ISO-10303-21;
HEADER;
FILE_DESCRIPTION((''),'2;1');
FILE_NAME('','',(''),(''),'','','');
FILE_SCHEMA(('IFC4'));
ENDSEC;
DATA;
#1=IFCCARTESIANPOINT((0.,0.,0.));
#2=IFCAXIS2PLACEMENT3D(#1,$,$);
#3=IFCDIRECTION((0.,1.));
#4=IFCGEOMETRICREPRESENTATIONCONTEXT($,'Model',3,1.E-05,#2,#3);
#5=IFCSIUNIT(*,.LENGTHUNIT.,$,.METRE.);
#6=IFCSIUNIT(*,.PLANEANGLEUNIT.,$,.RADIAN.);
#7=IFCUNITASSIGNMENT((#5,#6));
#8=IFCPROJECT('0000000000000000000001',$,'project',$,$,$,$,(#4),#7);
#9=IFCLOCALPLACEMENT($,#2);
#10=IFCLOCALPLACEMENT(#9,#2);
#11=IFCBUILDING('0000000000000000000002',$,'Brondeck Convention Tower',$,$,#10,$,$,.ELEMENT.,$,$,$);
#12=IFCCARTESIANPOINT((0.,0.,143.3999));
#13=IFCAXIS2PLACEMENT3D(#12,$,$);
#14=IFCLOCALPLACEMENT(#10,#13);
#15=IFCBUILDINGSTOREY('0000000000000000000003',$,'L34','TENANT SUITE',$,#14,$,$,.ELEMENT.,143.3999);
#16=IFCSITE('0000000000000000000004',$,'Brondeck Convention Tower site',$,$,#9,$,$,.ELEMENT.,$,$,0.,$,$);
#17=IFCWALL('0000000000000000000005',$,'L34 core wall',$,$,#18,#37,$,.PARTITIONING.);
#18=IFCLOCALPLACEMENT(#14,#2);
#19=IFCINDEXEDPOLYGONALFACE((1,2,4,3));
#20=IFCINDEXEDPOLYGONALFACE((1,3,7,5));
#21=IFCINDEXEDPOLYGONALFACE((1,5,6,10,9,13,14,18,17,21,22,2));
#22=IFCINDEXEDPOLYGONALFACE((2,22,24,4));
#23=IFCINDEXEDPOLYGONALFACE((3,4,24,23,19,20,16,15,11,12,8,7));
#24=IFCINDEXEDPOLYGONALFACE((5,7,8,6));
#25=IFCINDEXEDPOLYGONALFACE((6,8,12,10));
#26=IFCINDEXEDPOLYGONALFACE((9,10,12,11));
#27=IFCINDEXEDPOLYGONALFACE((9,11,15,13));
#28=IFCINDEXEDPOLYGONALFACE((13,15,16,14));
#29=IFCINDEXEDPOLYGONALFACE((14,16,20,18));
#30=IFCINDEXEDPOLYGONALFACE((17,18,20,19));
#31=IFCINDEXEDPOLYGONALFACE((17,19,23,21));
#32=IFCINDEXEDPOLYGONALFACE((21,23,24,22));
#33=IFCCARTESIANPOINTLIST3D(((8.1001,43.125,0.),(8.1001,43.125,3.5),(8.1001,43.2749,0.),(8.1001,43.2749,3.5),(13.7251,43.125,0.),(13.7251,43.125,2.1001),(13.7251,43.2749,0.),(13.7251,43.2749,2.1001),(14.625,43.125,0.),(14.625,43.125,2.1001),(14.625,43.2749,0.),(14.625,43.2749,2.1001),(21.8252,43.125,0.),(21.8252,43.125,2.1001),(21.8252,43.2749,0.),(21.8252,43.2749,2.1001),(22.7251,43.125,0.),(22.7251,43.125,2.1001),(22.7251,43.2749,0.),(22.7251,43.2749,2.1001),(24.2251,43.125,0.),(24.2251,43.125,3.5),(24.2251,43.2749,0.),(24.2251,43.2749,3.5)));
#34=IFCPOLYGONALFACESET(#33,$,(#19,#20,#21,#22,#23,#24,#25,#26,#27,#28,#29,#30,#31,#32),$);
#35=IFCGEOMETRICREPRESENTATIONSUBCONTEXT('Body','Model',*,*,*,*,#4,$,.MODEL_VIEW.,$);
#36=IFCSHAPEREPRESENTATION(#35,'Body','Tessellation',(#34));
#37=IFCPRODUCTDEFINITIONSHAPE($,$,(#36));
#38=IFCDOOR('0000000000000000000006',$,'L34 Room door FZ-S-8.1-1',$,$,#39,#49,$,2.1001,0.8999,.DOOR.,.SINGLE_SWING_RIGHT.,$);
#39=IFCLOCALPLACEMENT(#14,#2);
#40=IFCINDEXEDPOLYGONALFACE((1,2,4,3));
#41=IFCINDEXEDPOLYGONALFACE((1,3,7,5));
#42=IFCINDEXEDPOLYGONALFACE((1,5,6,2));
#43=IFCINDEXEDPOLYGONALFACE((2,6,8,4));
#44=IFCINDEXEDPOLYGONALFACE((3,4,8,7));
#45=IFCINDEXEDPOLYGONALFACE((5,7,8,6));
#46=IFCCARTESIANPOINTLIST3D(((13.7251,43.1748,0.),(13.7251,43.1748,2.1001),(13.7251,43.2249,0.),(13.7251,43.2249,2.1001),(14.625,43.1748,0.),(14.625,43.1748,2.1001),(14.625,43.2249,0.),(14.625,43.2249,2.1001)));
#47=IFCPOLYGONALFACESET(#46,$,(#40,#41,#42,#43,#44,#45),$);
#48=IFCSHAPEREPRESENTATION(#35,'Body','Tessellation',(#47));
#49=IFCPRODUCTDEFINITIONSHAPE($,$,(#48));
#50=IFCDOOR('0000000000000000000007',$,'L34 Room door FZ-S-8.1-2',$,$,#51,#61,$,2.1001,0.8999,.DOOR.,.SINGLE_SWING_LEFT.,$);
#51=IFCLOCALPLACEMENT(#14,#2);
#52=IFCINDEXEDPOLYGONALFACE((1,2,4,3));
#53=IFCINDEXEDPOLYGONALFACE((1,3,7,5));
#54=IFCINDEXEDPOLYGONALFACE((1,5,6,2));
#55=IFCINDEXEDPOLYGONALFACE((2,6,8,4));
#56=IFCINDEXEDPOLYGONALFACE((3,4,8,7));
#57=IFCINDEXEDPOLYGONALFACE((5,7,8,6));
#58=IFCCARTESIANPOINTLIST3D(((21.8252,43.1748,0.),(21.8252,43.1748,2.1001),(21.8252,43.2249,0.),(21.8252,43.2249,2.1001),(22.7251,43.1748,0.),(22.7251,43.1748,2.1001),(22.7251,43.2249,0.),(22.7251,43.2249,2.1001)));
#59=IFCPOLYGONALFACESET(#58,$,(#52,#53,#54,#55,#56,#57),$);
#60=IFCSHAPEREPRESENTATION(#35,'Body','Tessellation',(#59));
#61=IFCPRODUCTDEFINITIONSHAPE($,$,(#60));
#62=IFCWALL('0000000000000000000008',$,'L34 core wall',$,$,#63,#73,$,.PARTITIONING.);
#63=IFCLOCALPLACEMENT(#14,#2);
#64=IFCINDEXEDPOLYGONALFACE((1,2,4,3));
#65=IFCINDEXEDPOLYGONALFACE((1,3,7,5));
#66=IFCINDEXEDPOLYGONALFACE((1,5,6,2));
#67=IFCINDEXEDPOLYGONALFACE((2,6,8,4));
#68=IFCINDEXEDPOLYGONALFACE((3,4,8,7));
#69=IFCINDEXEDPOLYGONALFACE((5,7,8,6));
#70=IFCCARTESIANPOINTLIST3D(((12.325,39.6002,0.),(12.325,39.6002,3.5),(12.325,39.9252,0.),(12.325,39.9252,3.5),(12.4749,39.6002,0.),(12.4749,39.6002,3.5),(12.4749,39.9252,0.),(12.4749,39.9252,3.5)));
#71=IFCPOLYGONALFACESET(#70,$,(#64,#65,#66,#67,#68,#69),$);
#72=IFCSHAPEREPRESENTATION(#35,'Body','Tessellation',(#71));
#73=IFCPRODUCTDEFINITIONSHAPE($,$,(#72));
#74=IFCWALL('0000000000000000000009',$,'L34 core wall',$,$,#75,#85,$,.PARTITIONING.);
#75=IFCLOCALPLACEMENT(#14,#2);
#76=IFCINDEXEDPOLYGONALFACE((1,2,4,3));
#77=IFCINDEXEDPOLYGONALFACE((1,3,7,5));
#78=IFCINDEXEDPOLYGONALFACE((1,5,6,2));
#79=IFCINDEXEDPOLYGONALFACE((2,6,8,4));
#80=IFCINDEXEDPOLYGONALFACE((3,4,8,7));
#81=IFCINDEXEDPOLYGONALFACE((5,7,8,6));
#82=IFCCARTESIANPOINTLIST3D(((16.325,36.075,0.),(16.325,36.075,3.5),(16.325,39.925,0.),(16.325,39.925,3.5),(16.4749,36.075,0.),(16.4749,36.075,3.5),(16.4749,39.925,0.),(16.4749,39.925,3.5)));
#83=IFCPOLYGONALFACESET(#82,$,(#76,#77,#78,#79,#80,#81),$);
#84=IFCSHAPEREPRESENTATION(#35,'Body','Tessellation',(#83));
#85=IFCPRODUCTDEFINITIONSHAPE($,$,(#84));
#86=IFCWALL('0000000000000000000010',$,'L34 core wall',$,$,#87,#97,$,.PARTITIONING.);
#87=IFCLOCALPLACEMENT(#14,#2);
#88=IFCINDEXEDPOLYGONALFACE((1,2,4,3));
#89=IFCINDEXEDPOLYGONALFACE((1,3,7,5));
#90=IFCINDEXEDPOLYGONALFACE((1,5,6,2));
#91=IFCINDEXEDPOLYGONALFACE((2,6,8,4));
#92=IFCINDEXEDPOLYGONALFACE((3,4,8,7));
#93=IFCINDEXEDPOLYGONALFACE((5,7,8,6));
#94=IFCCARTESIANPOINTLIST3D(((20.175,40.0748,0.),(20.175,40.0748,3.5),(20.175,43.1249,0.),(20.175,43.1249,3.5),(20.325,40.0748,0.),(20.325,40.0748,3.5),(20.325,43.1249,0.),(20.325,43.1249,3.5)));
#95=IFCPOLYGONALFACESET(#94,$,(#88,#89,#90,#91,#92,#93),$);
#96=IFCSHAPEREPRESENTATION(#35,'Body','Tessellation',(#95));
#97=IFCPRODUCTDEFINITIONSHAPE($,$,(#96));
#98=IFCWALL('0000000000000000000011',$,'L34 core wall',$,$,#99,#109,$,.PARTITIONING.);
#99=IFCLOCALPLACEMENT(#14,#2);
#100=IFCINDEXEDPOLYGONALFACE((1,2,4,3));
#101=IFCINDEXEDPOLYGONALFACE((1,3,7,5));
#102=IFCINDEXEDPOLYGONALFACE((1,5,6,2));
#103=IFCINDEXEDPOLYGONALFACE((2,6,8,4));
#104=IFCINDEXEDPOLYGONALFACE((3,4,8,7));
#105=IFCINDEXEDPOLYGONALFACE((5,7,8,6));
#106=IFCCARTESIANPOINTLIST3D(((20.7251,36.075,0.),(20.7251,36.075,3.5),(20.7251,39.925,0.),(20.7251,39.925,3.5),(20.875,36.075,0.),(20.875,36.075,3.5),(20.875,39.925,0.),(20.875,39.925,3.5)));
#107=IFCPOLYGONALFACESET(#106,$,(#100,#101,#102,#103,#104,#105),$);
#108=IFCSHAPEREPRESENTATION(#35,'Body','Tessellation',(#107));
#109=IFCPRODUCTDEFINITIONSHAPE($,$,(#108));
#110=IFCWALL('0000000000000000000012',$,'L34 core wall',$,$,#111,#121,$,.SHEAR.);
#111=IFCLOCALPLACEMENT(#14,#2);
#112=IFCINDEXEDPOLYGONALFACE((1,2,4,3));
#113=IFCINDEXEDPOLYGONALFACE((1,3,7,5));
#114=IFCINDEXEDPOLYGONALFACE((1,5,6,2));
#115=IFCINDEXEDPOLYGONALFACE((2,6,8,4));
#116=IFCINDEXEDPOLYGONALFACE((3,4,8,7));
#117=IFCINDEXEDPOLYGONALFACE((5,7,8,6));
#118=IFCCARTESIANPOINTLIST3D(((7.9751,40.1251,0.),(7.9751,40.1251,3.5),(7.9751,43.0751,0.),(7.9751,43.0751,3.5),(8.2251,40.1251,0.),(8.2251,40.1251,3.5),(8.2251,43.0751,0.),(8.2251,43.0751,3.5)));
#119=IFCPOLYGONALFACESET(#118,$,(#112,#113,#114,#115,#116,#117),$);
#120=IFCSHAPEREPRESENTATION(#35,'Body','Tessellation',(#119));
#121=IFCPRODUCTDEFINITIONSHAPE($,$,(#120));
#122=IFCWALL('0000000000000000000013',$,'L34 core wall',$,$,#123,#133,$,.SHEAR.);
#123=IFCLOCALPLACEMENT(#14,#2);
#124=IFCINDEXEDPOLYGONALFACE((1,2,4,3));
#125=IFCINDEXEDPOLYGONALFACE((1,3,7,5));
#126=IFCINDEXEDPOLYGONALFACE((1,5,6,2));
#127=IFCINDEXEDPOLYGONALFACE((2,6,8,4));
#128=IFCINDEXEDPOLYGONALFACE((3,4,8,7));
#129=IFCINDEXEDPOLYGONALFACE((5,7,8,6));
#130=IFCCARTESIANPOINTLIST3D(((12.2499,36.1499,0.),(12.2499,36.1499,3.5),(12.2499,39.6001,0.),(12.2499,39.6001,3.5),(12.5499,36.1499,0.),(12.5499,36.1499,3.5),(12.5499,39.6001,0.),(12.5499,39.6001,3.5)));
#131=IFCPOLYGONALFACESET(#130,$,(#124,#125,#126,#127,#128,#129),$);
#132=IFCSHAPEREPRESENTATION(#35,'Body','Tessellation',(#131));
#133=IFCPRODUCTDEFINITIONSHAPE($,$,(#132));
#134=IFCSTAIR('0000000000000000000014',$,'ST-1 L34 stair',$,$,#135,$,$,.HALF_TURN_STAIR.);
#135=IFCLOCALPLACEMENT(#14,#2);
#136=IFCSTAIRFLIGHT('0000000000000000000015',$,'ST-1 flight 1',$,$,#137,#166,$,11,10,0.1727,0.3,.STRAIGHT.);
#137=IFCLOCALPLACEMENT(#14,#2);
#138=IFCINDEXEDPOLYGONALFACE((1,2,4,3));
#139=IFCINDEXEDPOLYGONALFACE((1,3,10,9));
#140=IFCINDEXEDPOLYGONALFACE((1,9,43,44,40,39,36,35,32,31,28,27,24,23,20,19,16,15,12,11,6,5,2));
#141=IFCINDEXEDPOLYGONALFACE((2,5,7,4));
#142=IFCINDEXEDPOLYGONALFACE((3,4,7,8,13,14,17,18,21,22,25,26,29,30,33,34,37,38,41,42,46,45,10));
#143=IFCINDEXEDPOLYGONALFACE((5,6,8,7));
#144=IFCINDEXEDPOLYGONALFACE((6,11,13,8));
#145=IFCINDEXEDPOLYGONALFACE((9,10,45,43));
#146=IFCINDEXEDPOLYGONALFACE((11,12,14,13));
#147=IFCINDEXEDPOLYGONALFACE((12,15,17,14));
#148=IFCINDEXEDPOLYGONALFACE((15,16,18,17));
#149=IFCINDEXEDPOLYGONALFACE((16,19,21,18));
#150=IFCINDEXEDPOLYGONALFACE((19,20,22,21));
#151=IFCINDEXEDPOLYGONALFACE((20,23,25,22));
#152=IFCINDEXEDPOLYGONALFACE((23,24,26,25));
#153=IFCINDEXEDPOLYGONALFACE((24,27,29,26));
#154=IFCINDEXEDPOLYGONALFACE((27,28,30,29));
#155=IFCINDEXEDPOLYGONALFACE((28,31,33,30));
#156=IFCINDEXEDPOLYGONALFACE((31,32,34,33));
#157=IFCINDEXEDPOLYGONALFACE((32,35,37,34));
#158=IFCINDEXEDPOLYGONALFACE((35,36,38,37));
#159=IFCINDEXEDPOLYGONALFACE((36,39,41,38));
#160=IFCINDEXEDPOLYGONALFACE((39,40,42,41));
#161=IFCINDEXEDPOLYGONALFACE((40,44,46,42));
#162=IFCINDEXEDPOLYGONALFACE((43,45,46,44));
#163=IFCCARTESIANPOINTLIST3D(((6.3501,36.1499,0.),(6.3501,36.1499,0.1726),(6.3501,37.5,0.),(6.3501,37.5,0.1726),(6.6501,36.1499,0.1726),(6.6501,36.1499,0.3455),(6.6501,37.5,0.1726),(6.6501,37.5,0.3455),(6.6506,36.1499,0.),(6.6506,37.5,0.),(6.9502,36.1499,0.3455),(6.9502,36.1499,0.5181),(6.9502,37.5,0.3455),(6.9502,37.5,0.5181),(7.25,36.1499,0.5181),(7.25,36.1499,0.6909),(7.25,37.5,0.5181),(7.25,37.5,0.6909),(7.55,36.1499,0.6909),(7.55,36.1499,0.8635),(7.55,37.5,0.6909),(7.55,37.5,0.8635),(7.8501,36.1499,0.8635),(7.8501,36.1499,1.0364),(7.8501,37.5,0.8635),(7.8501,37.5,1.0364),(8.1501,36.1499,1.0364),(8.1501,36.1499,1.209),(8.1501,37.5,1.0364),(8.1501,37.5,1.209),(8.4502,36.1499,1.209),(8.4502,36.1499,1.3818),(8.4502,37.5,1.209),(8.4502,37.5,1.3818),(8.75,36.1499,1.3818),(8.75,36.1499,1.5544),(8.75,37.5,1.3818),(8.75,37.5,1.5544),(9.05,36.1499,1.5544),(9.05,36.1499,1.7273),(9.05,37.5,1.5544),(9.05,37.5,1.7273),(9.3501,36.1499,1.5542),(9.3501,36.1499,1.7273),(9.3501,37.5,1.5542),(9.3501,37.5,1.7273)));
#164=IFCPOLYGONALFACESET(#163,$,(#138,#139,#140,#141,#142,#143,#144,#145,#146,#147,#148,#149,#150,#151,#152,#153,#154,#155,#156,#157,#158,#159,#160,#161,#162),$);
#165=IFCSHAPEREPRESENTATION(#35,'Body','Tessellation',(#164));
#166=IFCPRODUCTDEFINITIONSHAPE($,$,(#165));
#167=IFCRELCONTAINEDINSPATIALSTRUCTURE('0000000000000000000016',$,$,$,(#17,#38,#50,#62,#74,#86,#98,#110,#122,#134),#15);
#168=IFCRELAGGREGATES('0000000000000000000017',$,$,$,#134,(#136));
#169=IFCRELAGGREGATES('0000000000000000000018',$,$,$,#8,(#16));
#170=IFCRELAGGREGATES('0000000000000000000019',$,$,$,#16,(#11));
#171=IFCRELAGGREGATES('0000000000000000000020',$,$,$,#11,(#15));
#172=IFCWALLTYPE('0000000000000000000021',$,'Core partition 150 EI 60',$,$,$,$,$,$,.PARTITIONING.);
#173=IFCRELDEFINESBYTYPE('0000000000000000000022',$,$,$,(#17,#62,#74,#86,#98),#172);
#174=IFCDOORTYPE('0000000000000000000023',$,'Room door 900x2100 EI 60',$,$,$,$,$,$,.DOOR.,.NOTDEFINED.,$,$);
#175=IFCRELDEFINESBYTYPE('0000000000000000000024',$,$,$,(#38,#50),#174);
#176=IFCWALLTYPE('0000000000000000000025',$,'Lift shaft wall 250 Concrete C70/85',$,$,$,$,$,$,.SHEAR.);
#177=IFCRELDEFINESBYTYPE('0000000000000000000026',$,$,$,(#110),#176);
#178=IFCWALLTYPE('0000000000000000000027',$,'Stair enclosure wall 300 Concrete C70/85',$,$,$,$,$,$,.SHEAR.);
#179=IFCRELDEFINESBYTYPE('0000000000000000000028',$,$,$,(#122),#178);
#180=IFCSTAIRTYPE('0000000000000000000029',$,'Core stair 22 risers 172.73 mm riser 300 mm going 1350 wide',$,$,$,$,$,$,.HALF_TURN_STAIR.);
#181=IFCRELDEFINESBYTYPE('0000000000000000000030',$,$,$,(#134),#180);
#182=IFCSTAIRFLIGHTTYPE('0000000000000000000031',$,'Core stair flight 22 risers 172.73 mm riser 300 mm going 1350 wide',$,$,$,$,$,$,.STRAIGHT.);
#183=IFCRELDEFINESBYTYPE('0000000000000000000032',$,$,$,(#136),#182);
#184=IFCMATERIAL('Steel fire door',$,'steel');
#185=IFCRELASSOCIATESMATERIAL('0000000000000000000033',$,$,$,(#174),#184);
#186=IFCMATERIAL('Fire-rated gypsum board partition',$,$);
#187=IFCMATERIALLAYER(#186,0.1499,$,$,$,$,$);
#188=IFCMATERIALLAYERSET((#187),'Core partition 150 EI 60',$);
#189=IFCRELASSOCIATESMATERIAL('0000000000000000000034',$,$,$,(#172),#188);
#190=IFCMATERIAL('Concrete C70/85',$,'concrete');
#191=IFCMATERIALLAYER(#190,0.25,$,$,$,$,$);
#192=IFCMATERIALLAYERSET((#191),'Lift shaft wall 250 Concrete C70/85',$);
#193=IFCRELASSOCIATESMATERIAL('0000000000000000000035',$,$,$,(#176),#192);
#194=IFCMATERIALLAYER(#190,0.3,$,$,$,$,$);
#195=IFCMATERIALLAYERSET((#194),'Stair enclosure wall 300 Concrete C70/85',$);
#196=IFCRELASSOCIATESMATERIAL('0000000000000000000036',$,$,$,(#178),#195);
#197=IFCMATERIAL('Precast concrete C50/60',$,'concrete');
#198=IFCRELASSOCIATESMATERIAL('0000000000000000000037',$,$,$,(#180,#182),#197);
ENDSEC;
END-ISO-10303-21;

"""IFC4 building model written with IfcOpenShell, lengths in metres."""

from ifc_helpers import new_model, si_unit, direction, frame, frame_2d, origin, place, context, subcontext, project, spatial, polyline, rectangle, outline, extrude, material, layer, layer_set, type_object, element, fill, aggregate, save


model = new_model("IFC4")

# Units and contexts
model_context = context("Model", 3, precision=1e-05, world=origin(), true_north=direction((0.0, 1.0)))
body_context = subcontext(model_context, "Body", "Model", "MODEL_VIEW")
ifc_project = project(units=[si_unit("LENGTHUNIT", "METRE"), si_unit("PLANEANGLEUNIT", "RADIAN")], contexts=[model_context])

# Site, building, storey
site_placement = place(None, origin())
site = spatial("IfcSite", under=ifc_project, at=site_placement, Name="Brondeck Convention Tower site", CompositionType="ELEMENT", RefElevation=0.0)
building_placement = place(site_placement, origin())
building = spatial("IfcBuilding", under=site, at=building_placement, Name="Brondeck Convention Tower", CompositionType="ELEMENT")
storey_placement = place(building_placement, frame((0.0, 0.0, 143.3999)))
storey = spatial("IfcBuildingStorey", under=building, at=storey_placement, Name="L34", Description="TENANT SUITE", CompositionType="ELEMENT", Elevation=143.3999)

# Shared definitions
ifc_material_1 = material(Name="Concrete C70/85", Category="concrete")
ifc_material_2 = material(Name="Steel fire door", Category="steel")
door_type_1 = type_object("IfcDoorType", Name="Room door 900x2100 EI 60", OperationType="NOTDEFINED", PredefinedType="DOOR", material=ifc_material_2)

# Shared definitions
ifc_material_3 = material(Name="Fire-rated gypsum board partition")
ifc_layer_1 = layer(ifc_material_3, 0.1499)
ifc_layer_set_1 = layer_set([ifc_layer_1], Name="Core partition 150 EI 60")
wall_type_1 = type_object("IfcWallType", Name="Core partition 150 EI 60", PredefinedType="PARTITIONING", material=ifc_layer_set_1)

# Wall, openings, doors
wall_1_placement = place(storey_placement, frame((8.1001, 43.2, 0.0), z_axis=(0.0, 0.0, 1.0), x_axis=(1.0, 0.0, 0.0)))
wall_1 = element("IfcWall", 1, at=wall_1_placement, inside=storey, type_object=wall_type_1, Name="L34 core wall", PredefinedType="PARTITIONING", context=body_context, shape_type="SweptSolid", body=[
    extrude(rectangle(XDim=16.125, YDim=0.1499, at=frame_2d((8.0625, 0.0))), origin(), (0.0, 0.0, 1.0), 3.5),
])
opening_1_placement = place(wall_1_placement, frame((5.625, 0.0, 0.0)))
opening_1 = element("IfcOpeningElement", 2, at=opening_1_placement, cuts=wall_1, PredefinedType="OPENING", context=body_context, shape_type="SweptSolid", body=[
    extrude(rectangle(XDim=0.8999, YDim=2.1001, at=frame_2d((0.45, 1.05))), frame((0.0, 0.085, 0.0), z_axis=(0.0, -1.0, 0.0), x_axis=(1.0, 0.0, 0.0)), (0.0, 0.0, 1.0), 0.1699),
])
opening_2_placement = place(wall_1_placement, frame((13.7251, 0.0, 0.0)))
opening_2 = element("IfcOpeningElement", 3, at=opening_2_placement, cuts=wall_1, PredefinedType="OPENING", context=body_context, shape_type="SweptSolid", body=[
    extrude(rectangle(XDim=0.8999, YDim=2.1001, at=frame_2d((0.45, 1.05))), frame((0.0, 0.085, 0.0), z_axis=(0.0, -1.0, 0.0), x_axis=(1.0, 0.0, 0.0)), (0.0, 0.0, 1.0), 0.1699),
])
door_1_placement = place(opening_1_placement, origin())
door_1 = element("IfcDoor", 4, at=door_1_placement, inside=storey, type_object=door_type_1, Name="L34 Room door FZ-S-8.1-1", OperationType="SINGLE_SWING_RIGHT", OverallHeight=2.1001, OverallWidth=0.8999, PredefinedType="DOOR", context=body_context, shape_type="SweptSolid", body=[
    extrude(rectangle(XDim=0.8999, YDim=2.1001, at=frame_2d((0.45, 1.05))), frame((0.0, 0.0249, 0.0), z_axis=(0.0, -1.0, 0.0), x_axis=(1.0, 0.0, 0.0)), (0.0, 0.0, 1.0), 0.05),
])
fill(opening_1, door_1)
door_2_placement = place(opening_2_placement, origin())
door_2 = element("IfcDoor", 5, at=door_2_placement, inside=storey, type_object=door_type_1, Name="L34 Room door FZ-S-8.1-2", OperationType="SINGLE_SWING_LEFT", OverallHeight=2.1001, OverallWidth=0.8999, PredefinedType="DOOR", context=body_context, shape_type="SweptSolid", body=[
    extrude(rectangle(XDim=0.8999, YDim=2.1001, at=frame_2d((0.45, 1.05))), frame((0.0, 0.0249, 0.0), z_axis=(0.0, -1.0, 0.0), x_axis=(1.0, 0.0, 0.0)), (0.0, 0.0, 1.0), 0.05),
])
fill(opening_2, door_2)

# Walls
wall_2_placement = place(storey_placement, frame((12.3999, 39.6001, 0.0), z_axis=(0.0, 0.0, 1.0), x_axis=(0.0, 1.0, 0.0)))
element("IfcWall", 6, at=wall_2_placement, inside=storey, type_object=wall_type_1, Name="L34 core wall", PredefinedType="PARTITIONING", context=body_context, shape_type="SweptSolid", body=[
    extrude(rectangle(XDim=0.325, YDim=0.1499, at=frame_2d((0.1626, 0.0))), origin(), (0.0, 0.0, 1.0), 3.5),
])
wall_3_placement = place(storey_placement, frame((16.3999, 36.075, 0.0), z_axis=(0.0, 0.0, 1.0), x_axis=(0.0, 1.0, 0.0)))
element("IfcWall", 7, at=wall_3_placement, inside=storey, type_object=wall_type_1, Name="L34 core wall", PredefinedType="PARTITIONING", context=body_context, shape_type="SweptSolid", body=[
    extrude(rectangle(XDim=3.8501, YDim=0.1499, at=frame_2d((1.925, 0.0))), origin(), (0.0, 0.0, 1.0), 3.5),
])
wall_4_placement = place(storey_placement, frame((20.25, 40.075, 0.0), z_axis=(0.0, 0.0, 1.0), x_axis=(0.0, 1.0, 0.0)))
element("IfcWall", 8, at=wall_4_placement, inside=storey, type_object=wall_type_1, Name="L34 core wall", PredefinedType="PARTITIONING", context=body_context, shape_type="SweptSolid", body=[
    extrude(rectangle(XDim=3.05, YDim=0.1499, at=frame_2d((1.5249, 0.0))), origin(), (0.0, 0.0, 1.0), 3.5),
])
wall_5_placement = place(storey_placement, frame((20.8, 36.075, 0.0), z_axis=(0.0, 0.0, 1.0), x_axis=(0.0, 1.0, 0.0)))
element("IfcWall", 9, at=wall_5_placement, inside=storey, type_object=wall_type_1, Name="L34 core wall", PredefinedType="PARTITIONING", context=body_context, shape_type="SweptSolid", body=[
    extrude(rectangle(XDim=3.8501, YDim=0.1499, at=frame_2d((1.925, 0.0))), origin(), (0.0, 0.0, 1.0), 3.5),
])
ifc_layer_2 = layer(ifc_material_1, 0.25)
ifc_layer_set_2 = layer_set([ifc_layer_2], Name="Lift shaft wall 250 Concrete C70/85")
wall_type_2 = type_object("IfcWallType", Name="Lift shaft wall 250 Concrete C70/85", PredefinedType="SHEAR", material=ifc_layer_set_2)
wall_6_placement = place(storey_placement, frame((8.1001, 40.125, 0.0), z_axis=(0.0, 0.0, 1.0), x_axis=(0.0, 1.0, 0.0)))
element("IfcWall", 10, at=wall_6_placement, inside=storey, type_object=wall_type_2, Name="L34 core wall", PredefinedType="SHEAR", context=body_context, shape_type="SweptSolid", body=[
    extrude(rectangle(XDim=2.95, YDim=0.25, at=frame_2d((1.4751, 0.0))), origin(), (0.0, 0.0, 1.0), 3.5),
])
ifc_layer_3 = layer(ifc_material_1, 0.3)
ifc_layer_set_3 = layer_set([ifc_layer_3], Name="Stair enclosure wall 300 Concrete C70/85")
wall_type_3 = type_object("IfcWallType", Name="Stair enclosure wall 300 Concrete C70/85", PredefinedType="SHEAR", material=ifc_layer_set_3)
wall_7_placement = place(storey_placement, frame((12.3999, 36.1499, 0.0), z_axis=(0.0, 0.0, 1.0), x_axis=(0.0, 1.0, 0.0)))
element("IfcWall", 11, at=wall_7_placement, inside=storey, type_object=wall_type_3, Name="L34 core wall", PredefinedType="SHEAR", context=body_context, shape_type="SweptSolid", body=[
    extrude(rectangle(XDim=3.4502, YDim=0.3, at=frame_2d((1.7251, 0.0))), origin(), (0.0, 0.0, 1.0), 3.5),
])

# Stair, stair flight
ifc_material_4 = material(Name="Precast concrete C50/60", Category="concrete")
stair_type = type_object("IfcStairType", Name="Core stair 22 risers 172.73 mm riser 300 mm going 1350 wide", PredefinedType="HALF_TURN_STAIR", material=ifc_material_4)
stair_placement = place(storey_placement, origin())
stair = element("IfcStair", 12, at=stair_placement, inside=storey, type_object=stair_type, Name="ST-1 L34 stair", PredefinedType="HALF_TURN_STAIR")
stair_flight_type = type_object("IfcStairFlightType", Name="Core stair flight 22 risers 172.73 mm riser 300 mm going 1350 wide", PredefinedType="STRAIGHT", material=ifc_material_4)
stair_flight_1_placement = place(storey_placement, frame((6.3501, 36.825, 0.0), z_axis=(0.0, 0.0, 1.0), x_axis=(1.0, 0.0, 0.0)))
stair_flight_1 = element("IfcStairFlight", 13, at=stair_flight_1_placement, type_object=stair_flight_type, Name="ST-1 flight 1", NumberOfRisers=11, NumberOfTreads=10, PredefinedType="STRAIGHT", RiserHeight=0.1727, TreadLength=0.3, context=body_context, shape_type="SweptSolid", body=[
    extrude(outline(polyline([(0.0, 0.0), (0.0, 0.1726), (0.3, 0.1726), (0.3, 0.3455), (0.6001, 0.3455), (0.6001, 0.5181), (0.8999, 0.5181), (0.8999, 0.6909), (1.2, 0.6909), (1.2, 0.8635), (1.5, 0.8635), (1.5, 1.0364), (1.8, 1.0364), (1.8, 1.209), (2.1001, 1.209), (2.1001, 1.3818), (2.3999, 1.3818), (2.3999, 1.5544), (2.7, 1.5544), (2.7, 1.7273), (3.0, 1.7273), (3.0, 1.8999), (3.0, 1.5542), (0.3005, 0.0), (0.0, 0.0)])), frame((0.0, 0.675, 0.0), z_axis=(0.0, -1.0, 0.0), x_axis=(1.0, 0.0, 0.0)), (0.0, 0.0, 1.0), 1.3501),
])
aggregate(stair, [stair_flight_1])

save(model, "model.ifc")
